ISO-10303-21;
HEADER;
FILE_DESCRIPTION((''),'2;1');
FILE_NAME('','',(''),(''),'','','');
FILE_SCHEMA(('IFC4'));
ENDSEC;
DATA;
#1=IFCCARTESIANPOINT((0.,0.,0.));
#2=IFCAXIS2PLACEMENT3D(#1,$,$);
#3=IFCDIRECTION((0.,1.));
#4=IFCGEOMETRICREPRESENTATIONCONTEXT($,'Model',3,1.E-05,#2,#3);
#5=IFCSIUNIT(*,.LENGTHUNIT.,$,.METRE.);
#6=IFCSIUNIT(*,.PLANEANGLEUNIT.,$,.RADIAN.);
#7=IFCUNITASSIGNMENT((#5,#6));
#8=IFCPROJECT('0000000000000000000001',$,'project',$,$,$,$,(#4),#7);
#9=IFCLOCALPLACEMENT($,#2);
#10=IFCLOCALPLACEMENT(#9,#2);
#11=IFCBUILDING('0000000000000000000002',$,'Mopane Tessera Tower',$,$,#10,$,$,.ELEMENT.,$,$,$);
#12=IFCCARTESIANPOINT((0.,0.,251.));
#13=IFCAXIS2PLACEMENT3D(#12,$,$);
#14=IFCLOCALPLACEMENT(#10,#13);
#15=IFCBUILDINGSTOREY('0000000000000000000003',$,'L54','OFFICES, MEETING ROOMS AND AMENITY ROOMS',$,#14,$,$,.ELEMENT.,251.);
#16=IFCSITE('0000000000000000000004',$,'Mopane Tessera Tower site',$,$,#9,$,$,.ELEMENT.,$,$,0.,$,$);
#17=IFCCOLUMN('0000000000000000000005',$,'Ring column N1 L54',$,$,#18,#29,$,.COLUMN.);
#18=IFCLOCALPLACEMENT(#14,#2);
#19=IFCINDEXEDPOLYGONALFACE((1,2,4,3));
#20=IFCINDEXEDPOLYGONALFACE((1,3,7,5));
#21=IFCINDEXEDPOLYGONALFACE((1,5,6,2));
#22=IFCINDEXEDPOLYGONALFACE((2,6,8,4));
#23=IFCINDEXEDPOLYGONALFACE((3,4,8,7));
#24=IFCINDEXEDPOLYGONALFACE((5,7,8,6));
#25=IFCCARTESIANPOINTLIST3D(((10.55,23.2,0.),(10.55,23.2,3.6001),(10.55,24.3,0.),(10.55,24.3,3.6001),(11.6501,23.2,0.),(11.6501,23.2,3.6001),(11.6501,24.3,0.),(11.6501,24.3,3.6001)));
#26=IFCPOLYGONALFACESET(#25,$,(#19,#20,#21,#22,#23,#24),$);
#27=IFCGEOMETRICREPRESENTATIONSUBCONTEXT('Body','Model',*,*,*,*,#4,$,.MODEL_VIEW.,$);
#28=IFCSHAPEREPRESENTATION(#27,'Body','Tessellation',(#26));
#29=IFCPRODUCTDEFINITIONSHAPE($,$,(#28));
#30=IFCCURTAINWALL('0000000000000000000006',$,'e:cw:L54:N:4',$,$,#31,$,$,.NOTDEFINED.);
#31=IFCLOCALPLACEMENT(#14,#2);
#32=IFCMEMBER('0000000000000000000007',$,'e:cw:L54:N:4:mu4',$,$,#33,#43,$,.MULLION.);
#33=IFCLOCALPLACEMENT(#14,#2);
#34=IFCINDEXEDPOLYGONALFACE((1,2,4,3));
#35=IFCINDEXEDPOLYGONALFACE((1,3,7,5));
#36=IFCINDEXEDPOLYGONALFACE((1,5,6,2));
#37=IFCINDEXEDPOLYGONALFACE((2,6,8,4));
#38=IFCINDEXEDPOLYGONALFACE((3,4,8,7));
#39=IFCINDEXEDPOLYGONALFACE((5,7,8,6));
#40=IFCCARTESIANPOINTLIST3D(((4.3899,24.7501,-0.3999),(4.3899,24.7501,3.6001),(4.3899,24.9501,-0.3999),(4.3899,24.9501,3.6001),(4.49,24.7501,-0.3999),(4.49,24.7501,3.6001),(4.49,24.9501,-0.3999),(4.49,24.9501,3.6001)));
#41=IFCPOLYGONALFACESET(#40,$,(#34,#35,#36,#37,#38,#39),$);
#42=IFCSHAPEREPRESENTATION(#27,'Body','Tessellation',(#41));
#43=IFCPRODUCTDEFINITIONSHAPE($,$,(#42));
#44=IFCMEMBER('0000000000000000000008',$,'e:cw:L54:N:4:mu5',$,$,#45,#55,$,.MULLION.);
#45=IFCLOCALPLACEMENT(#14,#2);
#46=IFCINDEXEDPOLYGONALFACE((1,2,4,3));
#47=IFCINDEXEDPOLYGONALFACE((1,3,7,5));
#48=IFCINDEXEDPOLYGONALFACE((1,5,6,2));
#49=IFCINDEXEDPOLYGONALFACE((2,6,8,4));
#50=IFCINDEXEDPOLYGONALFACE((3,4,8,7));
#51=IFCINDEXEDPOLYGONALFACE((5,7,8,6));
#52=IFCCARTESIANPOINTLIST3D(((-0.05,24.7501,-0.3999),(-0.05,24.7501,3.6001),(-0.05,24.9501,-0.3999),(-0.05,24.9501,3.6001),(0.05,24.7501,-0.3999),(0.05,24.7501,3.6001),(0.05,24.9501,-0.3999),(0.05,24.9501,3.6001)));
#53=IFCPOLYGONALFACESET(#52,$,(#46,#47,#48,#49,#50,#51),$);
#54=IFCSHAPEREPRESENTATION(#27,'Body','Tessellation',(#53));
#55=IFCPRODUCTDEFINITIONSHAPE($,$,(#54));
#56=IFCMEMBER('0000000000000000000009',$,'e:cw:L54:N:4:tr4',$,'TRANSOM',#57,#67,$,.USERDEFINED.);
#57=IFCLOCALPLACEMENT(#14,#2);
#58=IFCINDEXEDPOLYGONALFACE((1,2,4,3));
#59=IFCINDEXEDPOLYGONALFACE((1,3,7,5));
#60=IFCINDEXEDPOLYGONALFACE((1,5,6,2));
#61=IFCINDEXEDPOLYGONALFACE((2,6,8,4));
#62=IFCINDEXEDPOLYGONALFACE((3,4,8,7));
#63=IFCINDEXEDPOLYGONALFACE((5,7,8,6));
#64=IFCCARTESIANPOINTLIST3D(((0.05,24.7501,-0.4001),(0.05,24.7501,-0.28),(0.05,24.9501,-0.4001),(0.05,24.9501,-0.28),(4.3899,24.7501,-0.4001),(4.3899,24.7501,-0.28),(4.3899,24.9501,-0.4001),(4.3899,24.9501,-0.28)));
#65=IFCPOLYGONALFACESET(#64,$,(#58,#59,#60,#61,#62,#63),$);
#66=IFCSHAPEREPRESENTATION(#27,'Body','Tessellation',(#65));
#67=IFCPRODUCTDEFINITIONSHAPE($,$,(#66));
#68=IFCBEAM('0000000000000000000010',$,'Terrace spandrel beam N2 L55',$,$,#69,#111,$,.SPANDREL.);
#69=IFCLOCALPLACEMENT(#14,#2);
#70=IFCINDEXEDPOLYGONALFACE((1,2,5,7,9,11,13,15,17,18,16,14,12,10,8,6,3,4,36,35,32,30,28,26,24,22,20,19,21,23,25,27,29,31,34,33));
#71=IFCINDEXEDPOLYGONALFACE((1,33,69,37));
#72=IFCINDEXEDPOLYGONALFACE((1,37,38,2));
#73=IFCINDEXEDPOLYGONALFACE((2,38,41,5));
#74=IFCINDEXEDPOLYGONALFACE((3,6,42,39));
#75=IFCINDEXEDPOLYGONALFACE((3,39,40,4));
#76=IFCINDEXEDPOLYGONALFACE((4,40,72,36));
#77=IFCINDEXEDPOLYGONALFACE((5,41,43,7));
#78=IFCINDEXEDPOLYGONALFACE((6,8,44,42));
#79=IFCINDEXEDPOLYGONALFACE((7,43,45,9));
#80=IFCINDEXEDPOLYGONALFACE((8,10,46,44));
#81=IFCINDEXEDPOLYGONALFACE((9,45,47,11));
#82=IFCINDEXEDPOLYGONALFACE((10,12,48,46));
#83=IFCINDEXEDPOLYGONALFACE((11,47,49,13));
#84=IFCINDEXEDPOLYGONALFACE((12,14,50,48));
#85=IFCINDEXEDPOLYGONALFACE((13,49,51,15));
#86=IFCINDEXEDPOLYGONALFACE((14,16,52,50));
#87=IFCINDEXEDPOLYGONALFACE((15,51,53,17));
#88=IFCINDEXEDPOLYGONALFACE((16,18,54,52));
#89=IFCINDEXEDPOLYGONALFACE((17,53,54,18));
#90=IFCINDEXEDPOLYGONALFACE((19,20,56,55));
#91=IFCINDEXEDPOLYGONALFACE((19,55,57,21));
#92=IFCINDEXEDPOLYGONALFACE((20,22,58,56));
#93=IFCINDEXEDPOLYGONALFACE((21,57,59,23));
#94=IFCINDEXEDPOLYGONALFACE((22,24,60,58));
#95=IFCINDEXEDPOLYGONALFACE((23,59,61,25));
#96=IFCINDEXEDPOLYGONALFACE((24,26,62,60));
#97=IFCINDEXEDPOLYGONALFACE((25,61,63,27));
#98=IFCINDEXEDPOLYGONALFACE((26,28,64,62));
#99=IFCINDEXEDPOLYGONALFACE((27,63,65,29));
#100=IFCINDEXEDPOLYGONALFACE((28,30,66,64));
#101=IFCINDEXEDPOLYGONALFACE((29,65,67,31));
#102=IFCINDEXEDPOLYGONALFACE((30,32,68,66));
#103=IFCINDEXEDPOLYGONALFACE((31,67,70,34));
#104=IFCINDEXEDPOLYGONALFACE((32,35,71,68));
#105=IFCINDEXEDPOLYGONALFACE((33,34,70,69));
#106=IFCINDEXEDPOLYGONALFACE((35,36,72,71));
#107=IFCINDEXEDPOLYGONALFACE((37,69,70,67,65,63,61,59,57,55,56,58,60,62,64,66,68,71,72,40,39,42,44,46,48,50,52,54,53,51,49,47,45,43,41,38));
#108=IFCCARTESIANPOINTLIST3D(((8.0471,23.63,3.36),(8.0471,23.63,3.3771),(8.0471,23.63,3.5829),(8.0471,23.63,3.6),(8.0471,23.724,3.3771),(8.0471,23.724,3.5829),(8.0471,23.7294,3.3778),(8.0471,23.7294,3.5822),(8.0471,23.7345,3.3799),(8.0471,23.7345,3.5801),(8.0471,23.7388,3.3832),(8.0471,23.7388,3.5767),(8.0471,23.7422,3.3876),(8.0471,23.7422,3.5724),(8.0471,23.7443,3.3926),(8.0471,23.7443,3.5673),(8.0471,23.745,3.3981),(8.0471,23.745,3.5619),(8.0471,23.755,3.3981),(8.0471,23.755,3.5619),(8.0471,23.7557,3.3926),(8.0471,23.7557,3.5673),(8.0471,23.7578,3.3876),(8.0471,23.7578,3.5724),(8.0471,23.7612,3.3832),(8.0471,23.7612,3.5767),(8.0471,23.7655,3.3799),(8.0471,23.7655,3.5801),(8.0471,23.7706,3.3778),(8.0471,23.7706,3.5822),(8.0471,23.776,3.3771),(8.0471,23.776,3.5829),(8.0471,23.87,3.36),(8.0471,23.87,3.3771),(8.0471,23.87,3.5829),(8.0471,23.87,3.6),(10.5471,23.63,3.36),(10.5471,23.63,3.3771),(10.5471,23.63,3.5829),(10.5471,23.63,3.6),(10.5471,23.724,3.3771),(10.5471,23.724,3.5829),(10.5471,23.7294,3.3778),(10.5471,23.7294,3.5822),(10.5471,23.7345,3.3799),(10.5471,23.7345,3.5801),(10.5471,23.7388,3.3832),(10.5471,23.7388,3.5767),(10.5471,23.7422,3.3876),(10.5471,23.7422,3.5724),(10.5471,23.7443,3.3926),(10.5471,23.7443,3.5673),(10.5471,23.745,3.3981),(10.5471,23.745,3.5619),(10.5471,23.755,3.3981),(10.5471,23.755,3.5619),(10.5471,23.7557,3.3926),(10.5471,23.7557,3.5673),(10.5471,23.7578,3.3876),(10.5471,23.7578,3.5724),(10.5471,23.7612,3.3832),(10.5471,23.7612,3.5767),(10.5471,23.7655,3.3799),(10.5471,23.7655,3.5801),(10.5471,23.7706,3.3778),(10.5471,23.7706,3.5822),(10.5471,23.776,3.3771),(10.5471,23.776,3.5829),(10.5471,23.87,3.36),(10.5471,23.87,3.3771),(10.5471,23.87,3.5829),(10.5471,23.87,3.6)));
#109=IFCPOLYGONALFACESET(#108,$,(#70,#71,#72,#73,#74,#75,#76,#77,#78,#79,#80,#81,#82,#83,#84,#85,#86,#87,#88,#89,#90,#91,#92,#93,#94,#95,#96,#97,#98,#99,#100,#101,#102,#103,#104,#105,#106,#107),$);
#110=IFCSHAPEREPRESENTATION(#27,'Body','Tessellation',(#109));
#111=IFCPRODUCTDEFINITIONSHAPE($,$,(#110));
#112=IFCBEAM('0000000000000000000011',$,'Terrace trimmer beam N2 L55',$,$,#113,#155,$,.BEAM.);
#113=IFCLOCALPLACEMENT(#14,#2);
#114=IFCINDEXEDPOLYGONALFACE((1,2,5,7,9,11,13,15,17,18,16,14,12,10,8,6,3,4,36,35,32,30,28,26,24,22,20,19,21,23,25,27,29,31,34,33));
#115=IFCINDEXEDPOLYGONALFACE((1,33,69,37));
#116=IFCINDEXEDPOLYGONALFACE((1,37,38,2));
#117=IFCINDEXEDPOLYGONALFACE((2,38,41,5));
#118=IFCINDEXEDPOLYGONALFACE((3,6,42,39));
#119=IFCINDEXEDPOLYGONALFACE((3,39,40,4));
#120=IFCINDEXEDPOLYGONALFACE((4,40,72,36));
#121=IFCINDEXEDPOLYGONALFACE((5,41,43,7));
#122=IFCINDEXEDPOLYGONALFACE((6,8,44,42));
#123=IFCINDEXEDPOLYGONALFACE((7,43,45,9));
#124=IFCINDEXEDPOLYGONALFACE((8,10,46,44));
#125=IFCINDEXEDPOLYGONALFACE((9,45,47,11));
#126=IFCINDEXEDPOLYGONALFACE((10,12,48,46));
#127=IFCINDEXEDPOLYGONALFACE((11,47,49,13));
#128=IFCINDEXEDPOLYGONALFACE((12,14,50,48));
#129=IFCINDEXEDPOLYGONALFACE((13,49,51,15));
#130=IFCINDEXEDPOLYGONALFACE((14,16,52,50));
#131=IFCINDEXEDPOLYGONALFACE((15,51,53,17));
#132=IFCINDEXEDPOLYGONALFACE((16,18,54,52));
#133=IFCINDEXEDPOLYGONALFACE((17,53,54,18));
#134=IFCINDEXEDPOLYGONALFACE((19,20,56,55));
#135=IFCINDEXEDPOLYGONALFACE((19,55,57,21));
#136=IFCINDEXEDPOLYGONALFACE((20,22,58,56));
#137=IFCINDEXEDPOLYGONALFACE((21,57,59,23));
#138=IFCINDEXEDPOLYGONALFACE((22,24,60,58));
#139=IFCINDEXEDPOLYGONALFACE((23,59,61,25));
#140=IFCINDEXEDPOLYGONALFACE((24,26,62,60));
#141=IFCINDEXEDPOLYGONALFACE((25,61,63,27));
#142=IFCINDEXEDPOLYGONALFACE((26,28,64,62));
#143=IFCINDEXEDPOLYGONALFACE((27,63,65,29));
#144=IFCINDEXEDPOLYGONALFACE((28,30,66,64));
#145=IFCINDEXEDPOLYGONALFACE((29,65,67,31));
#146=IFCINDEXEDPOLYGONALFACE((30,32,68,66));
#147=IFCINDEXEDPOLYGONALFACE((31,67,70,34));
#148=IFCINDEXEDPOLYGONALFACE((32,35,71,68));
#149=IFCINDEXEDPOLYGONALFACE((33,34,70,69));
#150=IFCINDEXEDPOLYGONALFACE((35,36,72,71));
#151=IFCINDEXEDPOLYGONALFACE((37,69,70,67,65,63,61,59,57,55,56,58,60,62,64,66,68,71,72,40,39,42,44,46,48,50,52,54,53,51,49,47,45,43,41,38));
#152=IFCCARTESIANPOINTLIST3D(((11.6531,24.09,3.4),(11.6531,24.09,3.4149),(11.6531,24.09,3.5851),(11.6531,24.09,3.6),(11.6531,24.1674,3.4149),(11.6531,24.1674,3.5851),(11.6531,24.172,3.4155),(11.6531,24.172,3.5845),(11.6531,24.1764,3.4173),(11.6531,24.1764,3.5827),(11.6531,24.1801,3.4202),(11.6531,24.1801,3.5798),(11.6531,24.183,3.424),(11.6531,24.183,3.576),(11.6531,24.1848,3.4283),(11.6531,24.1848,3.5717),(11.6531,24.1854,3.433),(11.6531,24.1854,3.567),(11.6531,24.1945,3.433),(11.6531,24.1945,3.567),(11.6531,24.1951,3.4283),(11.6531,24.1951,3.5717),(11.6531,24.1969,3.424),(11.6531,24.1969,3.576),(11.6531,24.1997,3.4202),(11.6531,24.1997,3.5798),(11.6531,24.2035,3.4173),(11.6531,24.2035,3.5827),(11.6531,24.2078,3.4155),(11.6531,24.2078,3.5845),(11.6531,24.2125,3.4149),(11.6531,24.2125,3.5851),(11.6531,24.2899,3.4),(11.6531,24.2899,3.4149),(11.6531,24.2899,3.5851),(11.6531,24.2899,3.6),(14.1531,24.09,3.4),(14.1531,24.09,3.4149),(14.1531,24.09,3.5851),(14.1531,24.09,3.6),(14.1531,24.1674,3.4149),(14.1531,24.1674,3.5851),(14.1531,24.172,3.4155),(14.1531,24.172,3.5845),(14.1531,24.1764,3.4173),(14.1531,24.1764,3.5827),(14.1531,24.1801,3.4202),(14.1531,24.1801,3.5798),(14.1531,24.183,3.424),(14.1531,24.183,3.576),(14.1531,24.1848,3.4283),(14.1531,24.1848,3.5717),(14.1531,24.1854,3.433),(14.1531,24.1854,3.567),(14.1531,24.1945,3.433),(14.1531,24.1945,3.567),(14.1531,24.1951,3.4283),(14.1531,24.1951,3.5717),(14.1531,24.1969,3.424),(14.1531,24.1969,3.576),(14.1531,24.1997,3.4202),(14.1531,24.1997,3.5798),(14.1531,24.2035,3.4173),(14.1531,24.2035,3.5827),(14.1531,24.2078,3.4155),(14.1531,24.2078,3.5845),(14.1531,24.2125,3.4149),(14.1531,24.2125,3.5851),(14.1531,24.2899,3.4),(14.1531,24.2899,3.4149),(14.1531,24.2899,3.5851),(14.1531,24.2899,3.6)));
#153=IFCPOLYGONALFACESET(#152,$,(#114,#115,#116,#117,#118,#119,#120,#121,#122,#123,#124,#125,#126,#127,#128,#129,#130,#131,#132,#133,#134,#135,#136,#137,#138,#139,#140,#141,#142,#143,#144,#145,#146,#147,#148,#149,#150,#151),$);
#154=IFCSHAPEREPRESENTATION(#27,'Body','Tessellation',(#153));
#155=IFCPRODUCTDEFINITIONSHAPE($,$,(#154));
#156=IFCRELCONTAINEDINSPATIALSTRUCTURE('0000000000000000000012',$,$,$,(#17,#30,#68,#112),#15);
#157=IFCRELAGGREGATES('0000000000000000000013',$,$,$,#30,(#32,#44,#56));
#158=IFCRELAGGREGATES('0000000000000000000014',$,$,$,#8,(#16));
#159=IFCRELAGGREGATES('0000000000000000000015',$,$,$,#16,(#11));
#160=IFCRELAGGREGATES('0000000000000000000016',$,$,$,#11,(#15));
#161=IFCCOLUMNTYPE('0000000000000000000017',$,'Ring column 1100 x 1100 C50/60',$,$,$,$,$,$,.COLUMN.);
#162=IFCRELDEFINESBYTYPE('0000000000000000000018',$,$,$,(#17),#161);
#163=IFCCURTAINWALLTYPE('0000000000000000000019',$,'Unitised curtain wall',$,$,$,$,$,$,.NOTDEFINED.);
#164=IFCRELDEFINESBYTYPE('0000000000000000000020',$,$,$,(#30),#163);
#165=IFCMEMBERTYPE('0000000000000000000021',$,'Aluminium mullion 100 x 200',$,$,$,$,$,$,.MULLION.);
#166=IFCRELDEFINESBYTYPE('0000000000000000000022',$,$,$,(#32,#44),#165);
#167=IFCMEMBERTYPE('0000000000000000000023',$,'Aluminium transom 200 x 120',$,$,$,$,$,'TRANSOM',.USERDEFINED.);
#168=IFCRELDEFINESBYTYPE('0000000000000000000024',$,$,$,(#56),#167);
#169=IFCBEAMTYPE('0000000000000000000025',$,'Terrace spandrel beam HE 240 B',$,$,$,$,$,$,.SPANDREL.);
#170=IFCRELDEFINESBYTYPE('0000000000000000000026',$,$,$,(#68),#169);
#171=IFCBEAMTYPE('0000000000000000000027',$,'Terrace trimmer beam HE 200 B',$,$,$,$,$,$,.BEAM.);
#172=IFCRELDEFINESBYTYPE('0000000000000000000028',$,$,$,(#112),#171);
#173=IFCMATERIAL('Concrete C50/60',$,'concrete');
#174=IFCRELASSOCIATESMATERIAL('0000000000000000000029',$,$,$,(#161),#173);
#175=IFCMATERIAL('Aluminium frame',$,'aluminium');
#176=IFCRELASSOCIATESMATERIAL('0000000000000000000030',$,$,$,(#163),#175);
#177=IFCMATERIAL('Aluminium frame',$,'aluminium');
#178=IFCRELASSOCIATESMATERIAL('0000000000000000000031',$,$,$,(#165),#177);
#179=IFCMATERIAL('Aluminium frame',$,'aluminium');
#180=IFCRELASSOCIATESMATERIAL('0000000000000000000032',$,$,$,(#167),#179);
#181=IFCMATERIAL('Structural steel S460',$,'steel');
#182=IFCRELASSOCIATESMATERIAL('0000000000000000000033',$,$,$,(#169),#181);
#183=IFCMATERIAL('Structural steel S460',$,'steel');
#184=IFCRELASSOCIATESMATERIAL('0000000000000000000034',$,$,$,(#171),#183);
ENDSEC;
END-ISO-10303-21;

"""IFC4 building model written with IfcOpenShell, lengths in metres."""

from ifc_helpers import new_model, si_unit, direction, frame, origin, origin_2d, place, context, subcontext, project, spatial, rectangle, i_section, extrude, material, material_profile, profile_set, type_object, element, aggregate, save


model = new_model("IFC4")

# Units and contexts
model_context = context("Model", 3, precision=1e-05, world=origin(), true_north=direction((0.0, 1.0)))
body_context = subcontext(model_context, "Body", "Model", "MODEL_VIEW")
ifc_project = project(units=[si_unit("LENGTHUNIT", "METRE"), si_unit("PLANEANGLEUNIT", "RADIAN")], contexts=[model_context])

# Site, building, storey
site_placement = place(None, origin())
site = spatial("IfcSite", under=ifc_project, at=site_placement, Name="Mopane Tessera Tower site", CompositionType="ELEMENT", RefElevation=0.0)
building_placement = place(site_placement, origin())
building = spatial("IfcBuilding", under=site, at=building_placement, Name="Mopane Tessera Tower", CompositionType="ELEMENT")
storey_placement = place(building_placement, frame((0.0, 0.0, 251.0)))
storey = spatial("IfcBuildingStorey", under=building, at=storey_placement, Name="L54", Description="OFFICES, MEETING ROOMS AND AMENITY ROOMS", CompositionType="ELEMENT", Elevation=251.0)

# Column
ifc_material_1 = material(Name="Concrete C50/60", Category="concrete")
ifc_material_profile_1 = material_profile(ifc_material_1, rectangle(XDim=1.1001, YDim=1.1001, at=origin_2d()))
ifc_profile_set_1 = profile_set([ifc_material_profile_1], Name="Concrete C50/60")
column_type = type_object("IfcColumnType", Name="Ring column 1100 x 1100 C50/60", PredefinedType="COLUMN", material=ifc_profile_set_1)
column_placement = place(storey_placement, frame((11.1001, 23.75, 0.0), z_axis=(0.0, 0.0, 1.0), x_axis=(1.0, 0.0, 0.0)))
element("IfcColumn", 1, at=column_placement, inside=storey, type_object=column_type, Name="Ring column N1 L54", PredefinedType="COLUMN", context=body_context, shape_type="SweptSolid", body=[
    extrude(rectangle(XDim=1.1001, YDim=1.1001, at=origin_2d()), origin(), (0.0, 0.0, 1.0), 3.6001),
])

# Curtain wall, members
ifc_material_2 = material(Name="Aluminium frame", Category="aluminium")
curtain_wall_type = type_object("IfcCurtainWallType", Name="Unitised curtain wall", PredefinedType="NOTDEFINED", material=ifc_material_2)
curtain_wall_placement = place(storey_placement, origin())
curtain_wall = element("IfcCurtainWall", 2, at=curtain_wall_placement, inside=storey, type_object=curtain_wall_type, Name="e:cw:L54:N:4", PredefinedType="NOTDEFINED")
ifc_material_3 = material(Name="Aluminium frame", Category="aluminium")
ifc_material_profile_2 = material_profile(ifc_material_3, rectangle(XDim=0.1001, YDim=0.2, at=origin_2d()))
ifc_profile_set_2 = profile_set([ifc_material_profile_2], Name="Aluminium frame")
member_type_1 = type_object("IfcMemberType", Name="Aluminium mullion 100 x 200", PredefinedType="MULLION", material=ifc_profile_set_2)
member_1_placement = place(storey_placement, frame((4.4399, 24.8501, -0.3999), z_axis=(0.0, 0.0, 1.0), x_axis=(-1.0, 0.0, 0.0)))
member_1 = element("IfcMember", 3, at=member_1_placement, type_object=member_type_1, Name="e:cw:L54:N:4:mu4", PredefinedType="MULLION", context=body_context, shape_type="SweptSolid", body=[
    extrude(rectangle(XDim=0.1001, YDim=0.2, at=origin_2d()), origin(), (0.0, 0.0, 1.0), 4.0),
])
member_2_placement = place(storey_placement, frame((0.0, 24.8501, -0.3999), z_axis=(0.0, 0.0, 1.0), x_axis=(-1.0, 0.0, 0.0)))
member_2 = element("IfcMember", 4, at=member_2_placement, type_object=member_type_1, Name="e:cw:L54:N:4:mu5", PredefinedType="MULLION", context=body_context, shape_type="SweptSolid", body=[
    extrude(rectangle(XDim=0.1001, YDim=0.2, at=origin_2d()), origin(), (0.0, 0.0, 1.0), 4.0),
])
ifc_material_4 = material(Name="Aluminium frame", Category="aluminium")
ifc_material_profile_3 = material_profile(ifc_material_4, rectangle(XDim=0.2, YDim=0.1201, at=origin_2d()))
ifc_profile_set_3 = profile_set([ifc_material_profile_3], Name="Aluminium frame")
member_type_2 = type_object("IfcMemberType", Name="Aluminium transom 200 x 120", ElementType="TRANSOM", PredefinedType="USERDEFINED", material=ifc_profile_set_3)
member_3_placement = place(storey_placement, frame((4.3899, 24.8501, -0.3401), z_axis=(-1.0, 0.0, 0.0), x_axis=(0.0, -1.0, 0.0)))
member_3 = element("IfcMember", 5, at=member_3_placement, type_object=member_type_2, Name="e:cw:L54:N:4:tr4", ObjectType="TRANSOM", PredefinedType="USERDEFINED", context=body_context, shape_type="SweptSolid", body=[
    extrude(rectangle(XDim=0.2, YDim=0.1201, at=origin_2d()), origin(), (0.0, 0.0, 1.0), 4.3398),
])

# Beams
ifc_material_5 = material(Name="Structural steel S460", Category="steel")
ifc_material_profile_4 = material_profile(ifc_material_5, i_section(OverallWidth=0.24, OverallDepth=0.24, WebThickness=0.01, FlangeThickness=0.0171, FilletRadius=0.021, at=origin_2d()))
ifc_profile_set_4 = profile_set([ifc_material_profile_4], Name="Structural steel S460")
beam_type_1 = type_object("IfcBeamType", Name="Terrace spandrel beam HE 240 B", PredefinedType="SPANDREL", material=ifc_profile_set_4)
beam_1_placement = place(storey_placement, frame((10.5471, 23.75, 3.48), z_axis=(-1.0, 0.0, 0.0), x_axis=(0.0, -1.0, 0.0)))
element("IfcBeam", 6, at=beam_1_placement, inside=storey, type_object=beam_type_1, Name="Terrace spandrel beam N2 L55", PredefinedType="SPANDREL", context=body_context, shape_type="SweptSolid", body=[
    extrude(i_section(OverallWidth=0.24, OverallDepth=0.24, WebThickness=0.01, FlangeThickness=0.0171, FilletRadius=0.021, at=origin_2d()), origin(), (0.0, 0.0, 1.0), 2.5),
])
ifc_material_6 = material(Name="Structural steel S460", Category="steel")
ifc_material_profile_5 = material_profile(ifc_material_6, i_section(OverallWidth=0.2, OverallDepth=0.2, WebThickness=0.009, FlangeThickness=0.0149, FilletRadius=0.0181, at=origin_2d()))
ifc_profile_set_5 = profile_set([ifc_material_profile_5], Name="Structural steel S460")
beam_type_2 = type_object("IfcBeamType", Name="Terrace trimmer beam HE 200 B", PredefinedType="BEAM", material=ifc_profile_set_5)
beam_2_placement = place(storey_placement, frame((11.6531, 24.1899, 3.5), z_axis=(1.0, 0.0, 0.0), x_axis=(0.0, 1.0, 0.0)))
element("IfcBeam", 7, at=beam_2_placement, inside=storey, type_object=beam_type_2, Name="Terrace trimmer beam N2 L55", PredefinedType="BEAM", context=body_context, shape_type="SweptSolid", body=[
    extrude(i_section(OverallWidth=0.2, OverallDepth=0.2, WebThickness=0.009, FlangeThickness=0.0149, FilletRadius=0.0181, at=origin_2d()), origin(), (0.0, 0.0, 1.0), 2.5),
])

aggregate(curtain_wall, [member_1, member_2, member_3])

save(model, "model.ifc")
